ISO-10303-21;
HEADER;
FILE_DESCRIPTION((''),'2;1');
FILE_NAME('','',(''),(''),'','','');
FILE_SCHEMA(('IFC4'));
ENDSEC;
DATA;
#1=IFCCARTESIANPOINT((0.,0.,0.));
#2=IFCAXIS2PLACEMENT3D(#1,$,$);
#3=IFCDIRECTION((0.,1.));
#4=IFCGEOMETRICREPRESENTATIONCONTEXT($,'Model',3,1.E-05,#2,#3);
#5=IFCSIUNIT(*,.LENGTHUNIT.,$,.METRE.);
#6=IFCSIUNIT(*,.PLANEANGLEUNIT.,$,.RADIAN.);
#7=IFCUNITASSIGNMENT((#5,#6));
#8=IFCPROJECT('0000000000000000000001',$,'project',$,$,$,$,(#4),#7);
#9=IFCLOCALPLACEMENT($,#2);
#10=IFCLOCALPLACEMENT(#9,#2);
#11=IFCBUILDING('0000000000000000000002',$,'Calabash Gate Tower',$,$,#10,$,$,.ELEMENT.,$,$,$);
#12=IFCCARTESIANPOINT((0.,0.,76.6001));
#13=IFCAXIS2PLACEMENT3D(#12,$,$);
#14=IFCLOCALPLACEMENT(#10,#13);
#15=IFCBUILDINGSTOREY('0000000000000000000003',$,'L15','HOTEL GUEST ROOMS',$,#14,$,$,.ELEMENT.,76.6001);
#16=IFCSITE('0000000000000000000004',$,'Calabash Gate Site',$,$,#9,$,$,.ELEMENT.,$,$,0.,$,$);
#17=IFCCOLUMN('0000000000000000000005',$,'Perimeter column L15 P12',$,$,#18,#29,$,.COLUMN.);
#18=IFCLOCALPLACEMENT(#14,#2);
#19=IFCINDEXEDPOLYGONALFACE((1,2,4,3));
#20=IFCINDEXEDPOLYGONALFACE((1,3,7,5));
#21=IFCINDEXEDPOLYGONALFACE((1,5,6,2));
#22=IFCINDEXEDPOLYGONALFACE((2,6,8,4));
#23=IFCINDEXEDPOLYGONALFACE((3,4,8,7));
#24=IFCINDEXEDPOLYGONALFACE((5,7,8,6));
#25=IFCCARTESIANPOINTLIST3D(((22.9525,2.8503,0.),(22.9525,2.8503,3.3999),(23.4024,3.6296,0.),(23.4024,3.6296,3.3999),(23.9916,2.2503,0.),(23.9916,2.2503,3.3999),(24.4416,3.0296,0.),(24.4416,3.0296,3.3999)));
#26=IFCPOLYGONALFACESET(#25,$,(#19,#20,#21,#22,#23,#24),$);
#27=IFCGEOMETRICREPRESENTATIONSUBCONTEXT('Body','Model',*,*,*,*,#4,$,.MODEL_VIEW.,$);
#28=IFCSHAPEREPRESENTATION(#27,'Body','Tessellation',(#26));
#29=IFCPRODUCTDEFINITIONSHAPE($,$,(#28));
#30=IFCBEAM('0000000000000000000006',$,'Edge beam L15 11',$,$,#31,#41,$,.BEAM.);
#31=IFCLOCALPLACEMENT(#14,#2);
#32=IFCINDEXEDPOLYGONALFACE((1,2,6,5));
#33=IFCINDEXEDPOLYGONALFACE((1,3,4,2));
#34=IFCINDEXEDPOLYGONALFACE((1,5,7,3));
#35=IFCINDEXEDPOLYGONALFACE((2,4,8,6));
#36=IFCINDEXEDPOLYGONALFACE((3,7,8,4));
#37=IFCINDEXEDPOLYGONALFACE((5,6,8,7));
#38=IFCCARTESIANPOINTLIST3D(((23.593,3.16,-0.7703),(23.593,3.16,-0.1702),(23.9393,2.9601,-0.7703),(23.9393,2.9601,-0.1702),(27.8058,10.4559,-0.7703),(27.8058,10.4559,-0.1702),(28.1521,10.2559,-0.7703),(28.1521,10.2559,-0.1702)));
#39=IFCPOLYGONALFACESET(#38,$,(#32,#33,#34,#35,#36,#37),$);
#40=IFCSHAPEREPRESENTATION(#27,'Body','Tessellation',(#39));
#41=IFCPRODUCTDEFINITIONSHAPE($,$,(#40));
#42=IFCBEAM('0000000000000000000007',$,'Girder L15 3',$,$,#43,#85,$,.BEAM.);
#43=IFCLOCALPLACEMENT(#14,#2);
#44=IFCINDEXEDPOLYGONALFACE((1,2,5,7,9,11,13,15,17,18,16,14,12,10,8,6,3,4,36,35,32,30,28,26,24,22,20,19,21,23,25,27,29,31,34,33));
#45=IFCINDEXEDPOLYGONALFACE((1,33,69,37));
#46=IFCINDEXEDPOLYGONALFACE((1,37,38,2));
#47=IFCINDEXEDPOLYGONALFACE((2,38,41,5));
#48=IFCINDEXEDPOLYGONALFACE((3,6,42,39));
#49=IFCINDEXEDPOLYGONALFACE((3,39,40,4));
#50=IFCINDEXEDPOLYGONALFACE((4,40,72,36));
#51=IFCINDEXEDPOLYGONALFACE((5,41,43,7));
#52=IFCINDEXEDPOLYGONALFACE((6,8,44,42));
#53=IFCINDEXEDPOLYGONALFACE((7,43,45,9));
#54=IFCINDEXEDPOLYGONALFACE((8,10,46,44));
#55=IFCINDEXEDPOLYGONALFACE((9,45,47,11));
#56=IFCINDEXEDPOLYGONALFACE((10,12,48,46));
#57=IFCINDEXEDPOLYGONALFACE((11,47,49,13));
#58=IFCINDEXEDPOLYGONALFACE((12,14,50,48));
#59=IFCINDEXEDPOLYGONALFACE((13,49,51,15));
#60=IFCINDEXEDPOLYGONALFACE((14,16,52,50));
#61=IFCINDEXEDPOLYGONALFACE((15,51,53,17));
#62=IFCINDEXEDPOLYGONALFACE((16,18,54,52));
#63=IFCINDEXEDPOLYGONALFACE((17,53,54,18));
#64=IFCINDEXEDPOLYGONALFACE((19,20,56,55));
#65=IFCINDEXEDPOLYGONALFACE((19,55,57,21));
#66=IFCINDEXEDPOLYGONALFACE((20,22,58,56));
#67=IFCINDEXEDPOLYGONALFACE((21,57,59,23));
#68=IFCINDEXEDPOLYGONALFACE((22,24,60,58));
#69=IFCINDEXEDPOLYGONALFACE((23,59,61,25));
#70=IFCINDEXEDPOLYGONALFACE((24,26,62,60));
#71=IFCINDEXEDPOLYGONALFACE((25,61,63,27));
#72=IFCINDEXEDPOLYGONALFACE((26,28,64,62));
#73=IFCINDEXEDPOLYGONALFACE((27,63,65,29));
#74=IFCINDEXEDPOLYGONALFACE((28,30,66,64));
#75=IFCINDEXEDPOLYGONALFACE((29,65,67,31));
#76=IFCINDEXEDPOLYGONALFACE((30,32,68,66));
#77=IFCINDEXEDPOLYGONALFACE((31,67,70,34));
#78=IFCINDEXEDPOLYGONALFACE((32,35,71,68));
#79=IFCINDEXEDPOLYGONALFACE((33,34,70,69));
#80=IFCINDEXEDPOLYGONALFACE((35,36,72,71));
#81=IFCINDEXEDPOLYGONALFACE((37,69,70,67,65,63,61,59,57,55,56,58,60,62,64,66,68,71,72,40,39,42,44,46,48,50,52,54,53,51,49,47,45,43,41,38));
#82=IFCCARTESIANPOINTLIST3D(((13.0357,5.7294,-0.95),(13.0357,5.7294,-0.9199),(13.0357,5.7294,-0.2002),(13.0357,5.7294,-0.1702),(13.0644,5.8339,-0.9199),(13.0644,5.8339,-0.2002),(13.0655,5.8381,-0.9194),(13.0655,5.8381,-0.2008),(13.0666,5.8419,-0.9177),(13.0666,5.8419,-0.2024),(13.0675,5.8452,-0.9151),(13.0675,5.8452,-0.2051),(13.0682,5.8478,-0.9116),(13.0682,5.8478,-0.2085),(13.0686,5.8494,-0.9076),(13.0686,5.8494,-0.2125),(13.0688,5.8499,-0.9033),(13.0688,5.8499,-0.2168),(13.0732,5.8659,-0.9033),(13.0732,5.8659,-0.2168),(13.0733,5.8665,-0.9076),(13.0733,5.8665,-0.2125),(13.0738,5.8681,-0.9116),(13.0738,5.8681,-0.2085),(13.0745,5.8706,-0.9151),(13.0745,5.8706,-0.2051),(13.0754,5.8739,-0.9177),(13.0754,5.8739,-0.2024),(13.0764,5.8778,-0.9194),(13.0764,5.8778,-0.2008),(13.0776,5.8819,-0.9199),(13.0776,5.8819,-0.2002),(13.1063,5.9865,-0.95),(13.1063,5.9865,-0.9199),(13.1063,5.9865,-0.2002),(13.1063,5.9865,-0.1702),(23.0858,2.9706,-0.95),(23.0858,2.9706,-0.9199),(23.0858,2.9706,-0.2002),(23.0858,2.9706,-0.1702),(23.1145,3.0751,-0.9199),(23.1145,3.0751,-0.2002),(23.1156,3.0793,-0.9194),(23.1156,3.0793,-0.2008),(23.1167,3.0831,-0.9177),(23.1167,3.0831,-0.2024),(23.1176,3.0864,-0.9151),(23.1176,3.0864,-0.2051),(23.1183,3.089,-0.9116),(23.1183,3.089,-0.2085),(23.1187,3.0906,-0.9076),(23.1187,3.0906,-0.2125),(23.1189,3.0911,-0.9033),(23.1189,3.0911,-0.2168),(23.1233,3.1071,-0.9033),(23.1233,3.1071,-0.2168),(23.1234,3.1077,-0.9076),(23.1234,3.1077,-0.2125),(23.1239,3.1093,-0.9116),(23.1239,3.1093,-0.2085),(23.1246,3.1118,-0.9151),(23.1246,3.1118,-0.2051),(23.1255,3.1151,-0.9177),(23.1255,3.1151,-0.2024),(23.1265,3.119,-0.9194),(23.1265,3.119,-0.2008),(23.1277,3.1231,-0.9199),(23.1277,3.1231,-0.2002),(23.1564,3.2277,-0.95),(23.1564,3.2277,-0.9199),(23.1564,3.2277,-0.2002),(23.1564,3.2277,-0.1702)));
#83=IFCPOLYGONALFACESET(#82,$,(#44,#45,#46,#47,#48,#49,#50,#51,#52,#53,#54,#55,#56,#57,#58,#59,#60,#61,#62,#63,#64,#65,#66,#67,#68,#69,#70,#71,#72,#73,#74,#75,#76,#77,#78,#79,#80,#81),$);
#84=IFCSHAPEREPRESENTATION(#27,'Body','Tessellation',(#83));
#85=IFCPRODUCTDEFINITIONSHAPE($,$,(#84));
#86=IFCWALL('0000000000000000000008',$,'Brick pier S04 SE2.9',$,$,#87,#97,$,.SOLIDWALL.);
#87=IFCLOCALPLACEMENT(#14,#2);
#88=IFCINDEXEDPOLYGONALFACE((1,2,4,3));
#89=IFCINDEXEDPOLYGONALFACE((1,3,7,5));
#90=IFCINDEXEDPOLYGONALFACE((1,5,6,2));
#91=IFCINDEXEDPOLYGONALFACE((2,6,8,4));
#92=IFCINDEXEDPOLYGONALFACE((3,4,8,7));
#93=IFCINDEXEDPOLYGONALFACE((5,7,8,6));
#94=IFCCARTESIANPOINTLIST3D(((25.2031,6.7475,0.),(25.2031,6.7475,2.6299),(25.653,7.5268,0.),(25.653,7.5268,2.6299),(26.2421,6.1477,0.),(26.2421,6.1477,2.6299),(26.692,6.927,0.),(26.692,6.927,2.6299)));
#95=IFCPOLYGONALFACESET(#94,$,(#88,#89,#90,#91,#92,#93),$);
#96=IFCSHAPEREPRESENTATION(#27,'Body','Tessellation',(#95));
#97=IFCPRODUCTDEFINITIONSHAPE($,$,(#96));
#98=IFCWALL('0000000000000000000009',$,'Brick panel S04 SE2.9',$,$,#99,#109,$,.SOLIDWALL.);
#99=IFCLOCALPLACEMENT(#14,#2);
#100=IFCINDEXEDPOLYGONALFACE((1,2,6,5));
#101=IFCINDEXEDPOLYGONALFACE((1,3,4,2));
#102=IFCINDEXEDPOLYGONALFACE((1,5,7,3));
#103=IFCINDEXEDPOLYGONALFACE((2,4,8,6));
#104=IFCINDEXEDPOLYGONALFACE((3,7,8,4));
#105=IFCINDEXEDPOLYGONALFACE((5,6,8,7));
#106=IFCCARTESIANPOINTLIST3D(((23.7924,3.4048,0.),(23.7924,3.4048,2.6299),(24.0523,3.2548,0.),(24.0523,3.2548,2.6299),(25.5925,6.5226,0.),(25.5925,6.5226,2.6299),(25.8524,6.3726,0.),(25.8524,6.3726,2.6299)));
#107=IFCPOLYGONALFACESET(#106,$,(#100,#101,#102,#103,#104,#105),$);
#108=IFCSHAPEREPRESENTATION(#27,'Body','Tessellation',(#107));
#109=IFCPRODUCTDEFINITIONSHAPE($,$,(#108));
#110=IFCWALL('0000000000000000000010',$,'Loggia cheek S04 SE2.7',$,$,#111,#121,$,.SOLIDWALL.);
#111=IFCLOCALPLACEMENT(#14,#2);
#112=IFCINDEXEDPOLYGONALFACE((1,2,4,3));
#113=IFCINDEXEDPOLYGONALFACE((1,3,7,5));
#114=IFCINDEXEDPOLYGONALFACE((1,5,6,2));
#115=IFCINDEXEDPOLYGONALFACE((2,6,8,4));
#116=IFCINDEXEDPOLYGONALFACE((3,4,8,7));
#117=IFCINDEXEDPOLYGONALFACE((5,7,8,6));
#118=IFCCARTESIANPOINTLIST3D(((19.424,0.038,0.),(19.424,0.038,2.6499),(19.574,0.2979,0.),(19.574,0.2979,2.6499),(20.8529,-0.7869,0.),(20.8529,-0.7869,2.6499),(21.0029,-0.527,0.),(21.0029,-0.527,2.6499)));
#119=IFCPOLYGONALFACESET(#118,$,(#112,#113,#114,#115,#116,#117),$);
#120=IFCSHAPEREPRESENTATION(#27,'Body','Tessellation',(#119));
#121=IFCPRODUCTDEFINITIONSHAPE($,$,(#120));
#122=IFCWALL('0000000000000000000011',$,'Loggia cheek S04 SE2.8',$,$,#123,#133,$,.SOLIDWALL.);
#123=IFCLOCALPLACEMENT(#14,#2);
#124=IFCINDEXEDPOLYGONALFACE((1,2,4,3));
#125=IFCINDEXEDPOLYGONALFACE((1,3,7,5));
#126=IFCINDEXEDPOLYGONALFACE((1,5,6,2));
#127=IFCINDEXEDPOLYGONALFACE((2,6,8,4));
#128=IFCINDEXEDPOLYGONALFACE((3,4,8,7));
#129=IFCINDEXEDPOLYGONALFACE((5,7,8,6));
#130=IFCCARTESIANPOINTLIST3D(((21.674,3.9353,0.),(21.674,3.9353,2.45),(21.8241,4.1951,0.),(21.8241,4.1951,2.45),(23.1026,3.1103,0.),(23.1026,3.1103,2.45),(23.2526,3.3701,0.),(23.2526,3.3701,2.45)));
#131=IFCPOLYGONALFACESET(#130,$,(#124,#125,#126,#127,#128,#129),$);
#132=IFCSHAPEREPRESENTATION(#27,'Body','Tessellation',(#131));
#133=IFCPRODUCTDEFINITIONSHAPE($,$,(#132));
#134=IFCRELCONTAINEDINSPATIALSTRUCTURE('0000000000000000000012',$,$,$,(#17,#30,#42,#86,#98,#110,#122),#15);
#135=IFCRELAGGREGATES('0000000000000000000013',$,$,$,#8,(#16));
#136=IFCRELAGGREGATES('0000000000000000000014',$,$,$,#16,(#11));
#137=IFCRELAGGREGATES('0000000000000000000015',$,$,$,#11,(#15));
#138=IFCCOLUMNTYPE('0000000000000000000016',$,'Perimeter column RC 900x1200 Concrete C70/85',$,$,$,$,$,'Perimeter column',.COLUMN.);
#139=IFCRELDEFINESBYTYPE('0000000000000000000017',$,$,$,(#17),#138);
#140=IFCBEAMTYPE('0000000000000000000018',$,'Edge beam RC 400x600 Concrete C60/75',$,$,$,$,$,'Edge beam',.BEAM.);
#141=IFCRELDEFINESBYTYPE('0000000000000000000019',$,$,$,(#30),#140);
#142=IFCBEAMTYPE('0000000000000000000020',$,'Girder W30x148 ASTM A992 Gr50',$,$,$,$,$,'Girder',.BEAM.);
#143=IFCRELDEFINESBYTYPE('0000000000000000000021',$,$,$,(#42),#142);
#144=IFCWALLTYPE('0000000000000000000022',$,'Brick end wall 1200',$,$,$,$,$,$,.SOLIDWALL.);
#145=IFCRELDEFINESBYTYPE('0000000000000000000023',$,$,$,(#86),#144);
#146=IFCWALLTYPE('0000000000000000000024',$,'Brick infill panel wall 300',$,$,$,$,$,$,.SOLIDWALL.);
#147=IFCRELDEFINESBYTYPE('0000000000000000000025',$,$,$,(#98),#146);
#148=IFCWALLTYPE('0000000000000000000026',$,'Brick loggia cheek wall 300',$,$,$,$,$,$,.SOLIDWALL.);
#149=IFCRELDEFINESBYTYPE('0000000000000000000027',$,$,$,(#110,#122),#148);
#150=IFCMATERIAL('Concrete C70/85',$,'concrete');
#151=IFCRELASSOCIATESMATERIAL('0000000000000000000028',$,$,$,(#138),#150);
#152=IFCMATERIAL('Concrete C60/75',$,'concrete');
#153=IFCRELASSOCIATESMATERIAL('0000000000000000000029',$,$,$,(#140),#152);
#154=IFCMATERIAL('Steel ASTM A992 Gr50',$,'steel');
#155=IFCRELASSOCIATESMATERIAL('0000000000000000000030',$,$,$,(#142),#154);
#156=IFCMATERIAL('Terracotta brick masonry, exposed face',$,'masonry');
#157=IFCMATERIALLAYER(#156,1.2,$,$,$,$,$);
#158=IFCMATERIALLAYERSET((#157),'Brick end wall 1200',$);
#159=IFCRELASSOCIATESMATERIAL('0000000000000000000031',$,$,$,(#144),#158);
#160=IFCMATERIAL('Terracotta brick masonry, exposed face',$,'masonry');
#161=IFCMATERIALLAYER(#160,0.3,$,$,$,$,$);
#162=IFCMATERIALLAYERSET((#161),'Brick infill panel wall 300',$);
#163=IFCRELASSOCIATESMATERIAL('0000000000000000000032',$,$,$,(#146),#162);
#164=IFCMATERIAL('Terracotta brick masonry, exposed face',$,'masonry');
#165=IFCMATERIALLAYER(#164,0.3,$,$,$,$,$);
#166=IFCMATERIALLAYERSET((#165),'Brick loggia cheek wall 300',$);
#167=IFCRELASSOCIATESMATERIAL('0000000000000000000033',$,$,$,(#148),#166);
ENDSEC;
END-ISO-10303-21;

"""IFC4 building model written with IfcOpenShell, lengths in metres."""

from ifc_helpers import new_model, si_unit, direction, frame, frame_2d, origin, origin_2d, place, context, subcontext, project, spatial, rectangle, i_section, extrude, material, layer, layer_set, material_profile, profile_set, type_object, element, save


model = new_model("IFC4")

# Units and contexts
model_context = context("Model", 3, precision=1e-05, world=origin(), true_north=direction((0.0, 1.0)))
body_context = subcontext(model_context, "Body", "Model", "MODEL_VIEW")
ifc_project = project(units=[si_unit("LENGTHUNIT", "METRE"), si_unit("PLANEANGLEUNIT", "RADIAN")], contexts=[model_context])

# Site, building, storey
site_placement = place(None, origin())
site = spatial("IfcSite", under=ifc_project, at=site_placement, Name="Calabash Gate Site", CompositionType="ELEMENT", RefElevation=0.0)
building_placement = place(site_placement, origin())
building = spatial("IfcBuilding", under=site, at=building_placement, Name="Calabash Gate Tower", CompositionType="ELEMENT")
storey_placement = place(building_placement, frame((0.0, 0.0, 76.6001)))
storey = spatial("IfcBuildingStorey", under=building, at=storey_placement, Name="L15", Description="HOTEL GUEST ROOMS", CompositionType="ELEMENT", Elevation=76.6001)

# Column
ifc_material_1 = material(Name="Concrete C70/85", Category="concrete")
ifc_material_profile_1 = material_profile(ifc_material_1, rectangle(XDim=0.8999, YDim=1.2, at=origin_2d()))
ifc_profile_set_1 = profile_set([ifc_material_profile_1], Name="Concrete C70/85")
column_type = type_object("IfcColumnType", Name="Perimeter column RC 900x1200 Concrete C70/85", ElementType="Perimeter column", PredefinedType="COLUMN", material=ifc_profile_set_1)
column_placement = place(storey_placement, frame((23.697, 2.9399, 0.0), z_axis=(0.0, 0.0, 1.0), x_axis=(0.5, 0.866025, 0.0)))
element("IfcColumn", 1, at=column_placement, inside=storey, type_object=column_type, Name="Perimeter column L15 P12", PredefinedType="COLUMN", context=body_context, shape_type="SweptSolid", body=[
    extrude(rectangle(XDim=0.8999, YDim=1.2, at=origin_2d()), origin(), (0.0, 0.0, 1.0), 3.3999),
])

# Beams
ifc_material_2 = material(Name="Concrete C60/75", Category="concrete")
ifc_material_profile_2 = material_profile(ifc_material_2, rectangle(XDim=0.3999, YDim=0.6001, at=origin_2d()))
ifc_profile_set_2 = profile_set([ifc_material_profile_2], Name="Concrete C60/75")
beam_type_1 = type_object("IfcBeamType", Name="Edge beam RC 400x600 Concrete C60/75", ElementType="Edge beam", PredefinedType="BEAM", material=ifc_profile_set_2)
beam_1_placement = place(storey_placement, frame((23.7661, 3.0601, -0.4702), z_axis=(0.500054, 0.865994, 0.0), x_axis=(-0.865994, 0.500054, 0.0)))
element("IfcBeam", 2, at=beam_1_placement, inside=storey, type_object=beam_type_1, Name="Edge beam L15 11", PredefinedType="BEAM", context=body_context, shape_type="SweptSolid", body=[
    extrude(rectangle(XDim=0.3999, YDim=0.6001, at=origin_2d()), origin(), (0.0, 0.0, 1.0), 8.4248),
])
ifc_material_3 = material(Name="Steel ASTM A992 Gr50", Category="steel")
ifc_material_profile_3 = material_profile(ifc_material_3, i_section(OverallWidth=0.2666, OverallDepth=0.7798, WebThickness=0.0166, FlangeThickness=0.03, FilletRadius=0.0166, at=origin_2d()))
ifc_profile_set_3 = profile_set([ifc_material_profile_3], Name="Steel ASTM A992 Gr50")
beam_type_2 = type_object("IfcBeamType", Name="Girder W30x148 ASTM A992 Gr50", ElementType="Girder", PredefinedType="BEAM", material=ifc_profile_set_3)
beam_2_placement = place(storey_placement, frame((23.1211, 3.0991, -0.5601), z_axis=(-0.964327, 0.264713, 0.0), x_axis=(-0.264713, -0.964327, 0.0)))
element("IfcBeam", 3, at=beam_2_placement, inside=storey, type_object=beam_type_2, Name="Girder L15 3", PredefinedType="BEAM", context=body_context, shape_type="SweptSolid", body=[
    extrude(i_section(OverallWidth=0.2666, OverallDepth=0.7798, WebThickness=0.0166, FlangeThickness=0.03, FilletRadius=0.0166, at=origin_2d()), origin(), (0.0, 0.0, 1.0), 10.4219),
])

# Walls
ifc_material_4 = material(Name="Terracotta brick masonry, exposed face", Category="masonry")
ifc_layer_1 = layer(ifc_material_4, 1.2)
ifc_layer_set_1 = layer_set([ifc_layer_1], Name="Brick end wall 1200")
wall_type_1 = type_object("IfcWallType", Name="Brick end wall 1200", PredefinedType="SOLIDWALL", material=ifc_layer_set_1)
wall_1_placement = place(storey_placement, frame((26.467, 6.5374, 0.0), z_axis=(0.0, 0.0, 1.0), x_axis=(-0.866043, 0.499969, 0.0)))
element("IfcWall", 4, at=wall_1_placement, inside=storey, type_object=wall_type_1, Name="Brick pier S04 SE2.9", PredefinedType="SOLIDWALL", context=body_context, shape_type="SweptSolid", body=[
    extrude(rectangle(XDim=1.1997, YDim=0.8999, at=frame_2d((0.5999, 0.0))), origin(), (0.0, 0.0, 1.0), 2.6299),
])
ifc_material_5 = material(Name="Terracotta brick masonry, exposed face", Category="masonry")
ifc_layer_2 = layer(ifc_material_5, 0.3)
ifc_layer_set_2 = layer_set([ifc_layer_2], Name="Brick infill panel wall 300")
wall_type_2 = type_object("IfcWallType", Name="Brick infill panel wall 300", PredefinedType="SOLIDWALL", material=ifc_layer_set_2)
wall_2_placement = place(storey_placement, frame((23.9224, 3.3298, 0.0), z_axis=(0.0, 0.0, 1.0), x_axis=(0.500012, 0.866018, 0.0)))
element("IfcWall", 5, at=wall_2_placement, inside=storey, type_object=wall_type_2, Name="Brick panel S04 SE2.9", PredefinedType="SOLIDWALL", context=body_context, shape_type="SweptSolid", body=[
    extrude(rectangle(XDim=3.6001, YDim=0.3, at=frame_2d((1.8, 0.0))), origin(), (0.0, 0.0, 1.0), 2.6299),
])
ifc_material_6 = material(Name="Terracotta brick masonry, exposed face", Category="masonry")
ifc_layer_3 = layer(ifc_material_6, 0.3)
ifc_layer_set_3 = layer_set([ifc_layer_3], Name="Brick loggia cheek wall 300")
wall_type_3 = type_object("IfcWallType", Name="Brick loggia cheek wall 300", PredefinedType="SOLIDWALL", material=ifc_layer_set_3)
wall_3_placement = place(storey_placement, frame((19.499, 0.168, 0.0), z_axis=(0.0, 0.0, 1.0), x_axis=(0.86604, -0.499974, 0.0)))
element("IfcWall", 6, at=wall_3_placement, inside=storey, type_object=wall_type_3, Name="Loggia cheek S04 SE2.7", PredefinedType="SOLIDWALL", context=body_context, shape_type="SweptSolid", body=[
    extrude(rectangle(XDim=1.6499, YDim=0.3, at=frame_2d((0.825, 0.0))), origin(), (0.0, 0.0, 1.0), 2.6499),
])
wall_4_placement = place(storey_placement, frame((23.1775, 3.2402, 0.0), z_axis=(0.0, 0.0, 1.0), x_axis=(-0.865966, 0.500103, 0.0)))
element("IfcWall", 7, at=wall_4_placement, inside=storey, type_object=wall_type_3, Name="Loggia cheek S04 SE2.8", PredefinedType="SOLIDWALL", context=body_context, shape_type="SweptSolid", body=[
    extrude(rectangle(XDim=1.6497, YDim=0.3, at=frame_2d((0.8247, 0.0))), origin(), (0.0, 0.0, 1.0), 2.45),
])

save(model, "model.ifc")
